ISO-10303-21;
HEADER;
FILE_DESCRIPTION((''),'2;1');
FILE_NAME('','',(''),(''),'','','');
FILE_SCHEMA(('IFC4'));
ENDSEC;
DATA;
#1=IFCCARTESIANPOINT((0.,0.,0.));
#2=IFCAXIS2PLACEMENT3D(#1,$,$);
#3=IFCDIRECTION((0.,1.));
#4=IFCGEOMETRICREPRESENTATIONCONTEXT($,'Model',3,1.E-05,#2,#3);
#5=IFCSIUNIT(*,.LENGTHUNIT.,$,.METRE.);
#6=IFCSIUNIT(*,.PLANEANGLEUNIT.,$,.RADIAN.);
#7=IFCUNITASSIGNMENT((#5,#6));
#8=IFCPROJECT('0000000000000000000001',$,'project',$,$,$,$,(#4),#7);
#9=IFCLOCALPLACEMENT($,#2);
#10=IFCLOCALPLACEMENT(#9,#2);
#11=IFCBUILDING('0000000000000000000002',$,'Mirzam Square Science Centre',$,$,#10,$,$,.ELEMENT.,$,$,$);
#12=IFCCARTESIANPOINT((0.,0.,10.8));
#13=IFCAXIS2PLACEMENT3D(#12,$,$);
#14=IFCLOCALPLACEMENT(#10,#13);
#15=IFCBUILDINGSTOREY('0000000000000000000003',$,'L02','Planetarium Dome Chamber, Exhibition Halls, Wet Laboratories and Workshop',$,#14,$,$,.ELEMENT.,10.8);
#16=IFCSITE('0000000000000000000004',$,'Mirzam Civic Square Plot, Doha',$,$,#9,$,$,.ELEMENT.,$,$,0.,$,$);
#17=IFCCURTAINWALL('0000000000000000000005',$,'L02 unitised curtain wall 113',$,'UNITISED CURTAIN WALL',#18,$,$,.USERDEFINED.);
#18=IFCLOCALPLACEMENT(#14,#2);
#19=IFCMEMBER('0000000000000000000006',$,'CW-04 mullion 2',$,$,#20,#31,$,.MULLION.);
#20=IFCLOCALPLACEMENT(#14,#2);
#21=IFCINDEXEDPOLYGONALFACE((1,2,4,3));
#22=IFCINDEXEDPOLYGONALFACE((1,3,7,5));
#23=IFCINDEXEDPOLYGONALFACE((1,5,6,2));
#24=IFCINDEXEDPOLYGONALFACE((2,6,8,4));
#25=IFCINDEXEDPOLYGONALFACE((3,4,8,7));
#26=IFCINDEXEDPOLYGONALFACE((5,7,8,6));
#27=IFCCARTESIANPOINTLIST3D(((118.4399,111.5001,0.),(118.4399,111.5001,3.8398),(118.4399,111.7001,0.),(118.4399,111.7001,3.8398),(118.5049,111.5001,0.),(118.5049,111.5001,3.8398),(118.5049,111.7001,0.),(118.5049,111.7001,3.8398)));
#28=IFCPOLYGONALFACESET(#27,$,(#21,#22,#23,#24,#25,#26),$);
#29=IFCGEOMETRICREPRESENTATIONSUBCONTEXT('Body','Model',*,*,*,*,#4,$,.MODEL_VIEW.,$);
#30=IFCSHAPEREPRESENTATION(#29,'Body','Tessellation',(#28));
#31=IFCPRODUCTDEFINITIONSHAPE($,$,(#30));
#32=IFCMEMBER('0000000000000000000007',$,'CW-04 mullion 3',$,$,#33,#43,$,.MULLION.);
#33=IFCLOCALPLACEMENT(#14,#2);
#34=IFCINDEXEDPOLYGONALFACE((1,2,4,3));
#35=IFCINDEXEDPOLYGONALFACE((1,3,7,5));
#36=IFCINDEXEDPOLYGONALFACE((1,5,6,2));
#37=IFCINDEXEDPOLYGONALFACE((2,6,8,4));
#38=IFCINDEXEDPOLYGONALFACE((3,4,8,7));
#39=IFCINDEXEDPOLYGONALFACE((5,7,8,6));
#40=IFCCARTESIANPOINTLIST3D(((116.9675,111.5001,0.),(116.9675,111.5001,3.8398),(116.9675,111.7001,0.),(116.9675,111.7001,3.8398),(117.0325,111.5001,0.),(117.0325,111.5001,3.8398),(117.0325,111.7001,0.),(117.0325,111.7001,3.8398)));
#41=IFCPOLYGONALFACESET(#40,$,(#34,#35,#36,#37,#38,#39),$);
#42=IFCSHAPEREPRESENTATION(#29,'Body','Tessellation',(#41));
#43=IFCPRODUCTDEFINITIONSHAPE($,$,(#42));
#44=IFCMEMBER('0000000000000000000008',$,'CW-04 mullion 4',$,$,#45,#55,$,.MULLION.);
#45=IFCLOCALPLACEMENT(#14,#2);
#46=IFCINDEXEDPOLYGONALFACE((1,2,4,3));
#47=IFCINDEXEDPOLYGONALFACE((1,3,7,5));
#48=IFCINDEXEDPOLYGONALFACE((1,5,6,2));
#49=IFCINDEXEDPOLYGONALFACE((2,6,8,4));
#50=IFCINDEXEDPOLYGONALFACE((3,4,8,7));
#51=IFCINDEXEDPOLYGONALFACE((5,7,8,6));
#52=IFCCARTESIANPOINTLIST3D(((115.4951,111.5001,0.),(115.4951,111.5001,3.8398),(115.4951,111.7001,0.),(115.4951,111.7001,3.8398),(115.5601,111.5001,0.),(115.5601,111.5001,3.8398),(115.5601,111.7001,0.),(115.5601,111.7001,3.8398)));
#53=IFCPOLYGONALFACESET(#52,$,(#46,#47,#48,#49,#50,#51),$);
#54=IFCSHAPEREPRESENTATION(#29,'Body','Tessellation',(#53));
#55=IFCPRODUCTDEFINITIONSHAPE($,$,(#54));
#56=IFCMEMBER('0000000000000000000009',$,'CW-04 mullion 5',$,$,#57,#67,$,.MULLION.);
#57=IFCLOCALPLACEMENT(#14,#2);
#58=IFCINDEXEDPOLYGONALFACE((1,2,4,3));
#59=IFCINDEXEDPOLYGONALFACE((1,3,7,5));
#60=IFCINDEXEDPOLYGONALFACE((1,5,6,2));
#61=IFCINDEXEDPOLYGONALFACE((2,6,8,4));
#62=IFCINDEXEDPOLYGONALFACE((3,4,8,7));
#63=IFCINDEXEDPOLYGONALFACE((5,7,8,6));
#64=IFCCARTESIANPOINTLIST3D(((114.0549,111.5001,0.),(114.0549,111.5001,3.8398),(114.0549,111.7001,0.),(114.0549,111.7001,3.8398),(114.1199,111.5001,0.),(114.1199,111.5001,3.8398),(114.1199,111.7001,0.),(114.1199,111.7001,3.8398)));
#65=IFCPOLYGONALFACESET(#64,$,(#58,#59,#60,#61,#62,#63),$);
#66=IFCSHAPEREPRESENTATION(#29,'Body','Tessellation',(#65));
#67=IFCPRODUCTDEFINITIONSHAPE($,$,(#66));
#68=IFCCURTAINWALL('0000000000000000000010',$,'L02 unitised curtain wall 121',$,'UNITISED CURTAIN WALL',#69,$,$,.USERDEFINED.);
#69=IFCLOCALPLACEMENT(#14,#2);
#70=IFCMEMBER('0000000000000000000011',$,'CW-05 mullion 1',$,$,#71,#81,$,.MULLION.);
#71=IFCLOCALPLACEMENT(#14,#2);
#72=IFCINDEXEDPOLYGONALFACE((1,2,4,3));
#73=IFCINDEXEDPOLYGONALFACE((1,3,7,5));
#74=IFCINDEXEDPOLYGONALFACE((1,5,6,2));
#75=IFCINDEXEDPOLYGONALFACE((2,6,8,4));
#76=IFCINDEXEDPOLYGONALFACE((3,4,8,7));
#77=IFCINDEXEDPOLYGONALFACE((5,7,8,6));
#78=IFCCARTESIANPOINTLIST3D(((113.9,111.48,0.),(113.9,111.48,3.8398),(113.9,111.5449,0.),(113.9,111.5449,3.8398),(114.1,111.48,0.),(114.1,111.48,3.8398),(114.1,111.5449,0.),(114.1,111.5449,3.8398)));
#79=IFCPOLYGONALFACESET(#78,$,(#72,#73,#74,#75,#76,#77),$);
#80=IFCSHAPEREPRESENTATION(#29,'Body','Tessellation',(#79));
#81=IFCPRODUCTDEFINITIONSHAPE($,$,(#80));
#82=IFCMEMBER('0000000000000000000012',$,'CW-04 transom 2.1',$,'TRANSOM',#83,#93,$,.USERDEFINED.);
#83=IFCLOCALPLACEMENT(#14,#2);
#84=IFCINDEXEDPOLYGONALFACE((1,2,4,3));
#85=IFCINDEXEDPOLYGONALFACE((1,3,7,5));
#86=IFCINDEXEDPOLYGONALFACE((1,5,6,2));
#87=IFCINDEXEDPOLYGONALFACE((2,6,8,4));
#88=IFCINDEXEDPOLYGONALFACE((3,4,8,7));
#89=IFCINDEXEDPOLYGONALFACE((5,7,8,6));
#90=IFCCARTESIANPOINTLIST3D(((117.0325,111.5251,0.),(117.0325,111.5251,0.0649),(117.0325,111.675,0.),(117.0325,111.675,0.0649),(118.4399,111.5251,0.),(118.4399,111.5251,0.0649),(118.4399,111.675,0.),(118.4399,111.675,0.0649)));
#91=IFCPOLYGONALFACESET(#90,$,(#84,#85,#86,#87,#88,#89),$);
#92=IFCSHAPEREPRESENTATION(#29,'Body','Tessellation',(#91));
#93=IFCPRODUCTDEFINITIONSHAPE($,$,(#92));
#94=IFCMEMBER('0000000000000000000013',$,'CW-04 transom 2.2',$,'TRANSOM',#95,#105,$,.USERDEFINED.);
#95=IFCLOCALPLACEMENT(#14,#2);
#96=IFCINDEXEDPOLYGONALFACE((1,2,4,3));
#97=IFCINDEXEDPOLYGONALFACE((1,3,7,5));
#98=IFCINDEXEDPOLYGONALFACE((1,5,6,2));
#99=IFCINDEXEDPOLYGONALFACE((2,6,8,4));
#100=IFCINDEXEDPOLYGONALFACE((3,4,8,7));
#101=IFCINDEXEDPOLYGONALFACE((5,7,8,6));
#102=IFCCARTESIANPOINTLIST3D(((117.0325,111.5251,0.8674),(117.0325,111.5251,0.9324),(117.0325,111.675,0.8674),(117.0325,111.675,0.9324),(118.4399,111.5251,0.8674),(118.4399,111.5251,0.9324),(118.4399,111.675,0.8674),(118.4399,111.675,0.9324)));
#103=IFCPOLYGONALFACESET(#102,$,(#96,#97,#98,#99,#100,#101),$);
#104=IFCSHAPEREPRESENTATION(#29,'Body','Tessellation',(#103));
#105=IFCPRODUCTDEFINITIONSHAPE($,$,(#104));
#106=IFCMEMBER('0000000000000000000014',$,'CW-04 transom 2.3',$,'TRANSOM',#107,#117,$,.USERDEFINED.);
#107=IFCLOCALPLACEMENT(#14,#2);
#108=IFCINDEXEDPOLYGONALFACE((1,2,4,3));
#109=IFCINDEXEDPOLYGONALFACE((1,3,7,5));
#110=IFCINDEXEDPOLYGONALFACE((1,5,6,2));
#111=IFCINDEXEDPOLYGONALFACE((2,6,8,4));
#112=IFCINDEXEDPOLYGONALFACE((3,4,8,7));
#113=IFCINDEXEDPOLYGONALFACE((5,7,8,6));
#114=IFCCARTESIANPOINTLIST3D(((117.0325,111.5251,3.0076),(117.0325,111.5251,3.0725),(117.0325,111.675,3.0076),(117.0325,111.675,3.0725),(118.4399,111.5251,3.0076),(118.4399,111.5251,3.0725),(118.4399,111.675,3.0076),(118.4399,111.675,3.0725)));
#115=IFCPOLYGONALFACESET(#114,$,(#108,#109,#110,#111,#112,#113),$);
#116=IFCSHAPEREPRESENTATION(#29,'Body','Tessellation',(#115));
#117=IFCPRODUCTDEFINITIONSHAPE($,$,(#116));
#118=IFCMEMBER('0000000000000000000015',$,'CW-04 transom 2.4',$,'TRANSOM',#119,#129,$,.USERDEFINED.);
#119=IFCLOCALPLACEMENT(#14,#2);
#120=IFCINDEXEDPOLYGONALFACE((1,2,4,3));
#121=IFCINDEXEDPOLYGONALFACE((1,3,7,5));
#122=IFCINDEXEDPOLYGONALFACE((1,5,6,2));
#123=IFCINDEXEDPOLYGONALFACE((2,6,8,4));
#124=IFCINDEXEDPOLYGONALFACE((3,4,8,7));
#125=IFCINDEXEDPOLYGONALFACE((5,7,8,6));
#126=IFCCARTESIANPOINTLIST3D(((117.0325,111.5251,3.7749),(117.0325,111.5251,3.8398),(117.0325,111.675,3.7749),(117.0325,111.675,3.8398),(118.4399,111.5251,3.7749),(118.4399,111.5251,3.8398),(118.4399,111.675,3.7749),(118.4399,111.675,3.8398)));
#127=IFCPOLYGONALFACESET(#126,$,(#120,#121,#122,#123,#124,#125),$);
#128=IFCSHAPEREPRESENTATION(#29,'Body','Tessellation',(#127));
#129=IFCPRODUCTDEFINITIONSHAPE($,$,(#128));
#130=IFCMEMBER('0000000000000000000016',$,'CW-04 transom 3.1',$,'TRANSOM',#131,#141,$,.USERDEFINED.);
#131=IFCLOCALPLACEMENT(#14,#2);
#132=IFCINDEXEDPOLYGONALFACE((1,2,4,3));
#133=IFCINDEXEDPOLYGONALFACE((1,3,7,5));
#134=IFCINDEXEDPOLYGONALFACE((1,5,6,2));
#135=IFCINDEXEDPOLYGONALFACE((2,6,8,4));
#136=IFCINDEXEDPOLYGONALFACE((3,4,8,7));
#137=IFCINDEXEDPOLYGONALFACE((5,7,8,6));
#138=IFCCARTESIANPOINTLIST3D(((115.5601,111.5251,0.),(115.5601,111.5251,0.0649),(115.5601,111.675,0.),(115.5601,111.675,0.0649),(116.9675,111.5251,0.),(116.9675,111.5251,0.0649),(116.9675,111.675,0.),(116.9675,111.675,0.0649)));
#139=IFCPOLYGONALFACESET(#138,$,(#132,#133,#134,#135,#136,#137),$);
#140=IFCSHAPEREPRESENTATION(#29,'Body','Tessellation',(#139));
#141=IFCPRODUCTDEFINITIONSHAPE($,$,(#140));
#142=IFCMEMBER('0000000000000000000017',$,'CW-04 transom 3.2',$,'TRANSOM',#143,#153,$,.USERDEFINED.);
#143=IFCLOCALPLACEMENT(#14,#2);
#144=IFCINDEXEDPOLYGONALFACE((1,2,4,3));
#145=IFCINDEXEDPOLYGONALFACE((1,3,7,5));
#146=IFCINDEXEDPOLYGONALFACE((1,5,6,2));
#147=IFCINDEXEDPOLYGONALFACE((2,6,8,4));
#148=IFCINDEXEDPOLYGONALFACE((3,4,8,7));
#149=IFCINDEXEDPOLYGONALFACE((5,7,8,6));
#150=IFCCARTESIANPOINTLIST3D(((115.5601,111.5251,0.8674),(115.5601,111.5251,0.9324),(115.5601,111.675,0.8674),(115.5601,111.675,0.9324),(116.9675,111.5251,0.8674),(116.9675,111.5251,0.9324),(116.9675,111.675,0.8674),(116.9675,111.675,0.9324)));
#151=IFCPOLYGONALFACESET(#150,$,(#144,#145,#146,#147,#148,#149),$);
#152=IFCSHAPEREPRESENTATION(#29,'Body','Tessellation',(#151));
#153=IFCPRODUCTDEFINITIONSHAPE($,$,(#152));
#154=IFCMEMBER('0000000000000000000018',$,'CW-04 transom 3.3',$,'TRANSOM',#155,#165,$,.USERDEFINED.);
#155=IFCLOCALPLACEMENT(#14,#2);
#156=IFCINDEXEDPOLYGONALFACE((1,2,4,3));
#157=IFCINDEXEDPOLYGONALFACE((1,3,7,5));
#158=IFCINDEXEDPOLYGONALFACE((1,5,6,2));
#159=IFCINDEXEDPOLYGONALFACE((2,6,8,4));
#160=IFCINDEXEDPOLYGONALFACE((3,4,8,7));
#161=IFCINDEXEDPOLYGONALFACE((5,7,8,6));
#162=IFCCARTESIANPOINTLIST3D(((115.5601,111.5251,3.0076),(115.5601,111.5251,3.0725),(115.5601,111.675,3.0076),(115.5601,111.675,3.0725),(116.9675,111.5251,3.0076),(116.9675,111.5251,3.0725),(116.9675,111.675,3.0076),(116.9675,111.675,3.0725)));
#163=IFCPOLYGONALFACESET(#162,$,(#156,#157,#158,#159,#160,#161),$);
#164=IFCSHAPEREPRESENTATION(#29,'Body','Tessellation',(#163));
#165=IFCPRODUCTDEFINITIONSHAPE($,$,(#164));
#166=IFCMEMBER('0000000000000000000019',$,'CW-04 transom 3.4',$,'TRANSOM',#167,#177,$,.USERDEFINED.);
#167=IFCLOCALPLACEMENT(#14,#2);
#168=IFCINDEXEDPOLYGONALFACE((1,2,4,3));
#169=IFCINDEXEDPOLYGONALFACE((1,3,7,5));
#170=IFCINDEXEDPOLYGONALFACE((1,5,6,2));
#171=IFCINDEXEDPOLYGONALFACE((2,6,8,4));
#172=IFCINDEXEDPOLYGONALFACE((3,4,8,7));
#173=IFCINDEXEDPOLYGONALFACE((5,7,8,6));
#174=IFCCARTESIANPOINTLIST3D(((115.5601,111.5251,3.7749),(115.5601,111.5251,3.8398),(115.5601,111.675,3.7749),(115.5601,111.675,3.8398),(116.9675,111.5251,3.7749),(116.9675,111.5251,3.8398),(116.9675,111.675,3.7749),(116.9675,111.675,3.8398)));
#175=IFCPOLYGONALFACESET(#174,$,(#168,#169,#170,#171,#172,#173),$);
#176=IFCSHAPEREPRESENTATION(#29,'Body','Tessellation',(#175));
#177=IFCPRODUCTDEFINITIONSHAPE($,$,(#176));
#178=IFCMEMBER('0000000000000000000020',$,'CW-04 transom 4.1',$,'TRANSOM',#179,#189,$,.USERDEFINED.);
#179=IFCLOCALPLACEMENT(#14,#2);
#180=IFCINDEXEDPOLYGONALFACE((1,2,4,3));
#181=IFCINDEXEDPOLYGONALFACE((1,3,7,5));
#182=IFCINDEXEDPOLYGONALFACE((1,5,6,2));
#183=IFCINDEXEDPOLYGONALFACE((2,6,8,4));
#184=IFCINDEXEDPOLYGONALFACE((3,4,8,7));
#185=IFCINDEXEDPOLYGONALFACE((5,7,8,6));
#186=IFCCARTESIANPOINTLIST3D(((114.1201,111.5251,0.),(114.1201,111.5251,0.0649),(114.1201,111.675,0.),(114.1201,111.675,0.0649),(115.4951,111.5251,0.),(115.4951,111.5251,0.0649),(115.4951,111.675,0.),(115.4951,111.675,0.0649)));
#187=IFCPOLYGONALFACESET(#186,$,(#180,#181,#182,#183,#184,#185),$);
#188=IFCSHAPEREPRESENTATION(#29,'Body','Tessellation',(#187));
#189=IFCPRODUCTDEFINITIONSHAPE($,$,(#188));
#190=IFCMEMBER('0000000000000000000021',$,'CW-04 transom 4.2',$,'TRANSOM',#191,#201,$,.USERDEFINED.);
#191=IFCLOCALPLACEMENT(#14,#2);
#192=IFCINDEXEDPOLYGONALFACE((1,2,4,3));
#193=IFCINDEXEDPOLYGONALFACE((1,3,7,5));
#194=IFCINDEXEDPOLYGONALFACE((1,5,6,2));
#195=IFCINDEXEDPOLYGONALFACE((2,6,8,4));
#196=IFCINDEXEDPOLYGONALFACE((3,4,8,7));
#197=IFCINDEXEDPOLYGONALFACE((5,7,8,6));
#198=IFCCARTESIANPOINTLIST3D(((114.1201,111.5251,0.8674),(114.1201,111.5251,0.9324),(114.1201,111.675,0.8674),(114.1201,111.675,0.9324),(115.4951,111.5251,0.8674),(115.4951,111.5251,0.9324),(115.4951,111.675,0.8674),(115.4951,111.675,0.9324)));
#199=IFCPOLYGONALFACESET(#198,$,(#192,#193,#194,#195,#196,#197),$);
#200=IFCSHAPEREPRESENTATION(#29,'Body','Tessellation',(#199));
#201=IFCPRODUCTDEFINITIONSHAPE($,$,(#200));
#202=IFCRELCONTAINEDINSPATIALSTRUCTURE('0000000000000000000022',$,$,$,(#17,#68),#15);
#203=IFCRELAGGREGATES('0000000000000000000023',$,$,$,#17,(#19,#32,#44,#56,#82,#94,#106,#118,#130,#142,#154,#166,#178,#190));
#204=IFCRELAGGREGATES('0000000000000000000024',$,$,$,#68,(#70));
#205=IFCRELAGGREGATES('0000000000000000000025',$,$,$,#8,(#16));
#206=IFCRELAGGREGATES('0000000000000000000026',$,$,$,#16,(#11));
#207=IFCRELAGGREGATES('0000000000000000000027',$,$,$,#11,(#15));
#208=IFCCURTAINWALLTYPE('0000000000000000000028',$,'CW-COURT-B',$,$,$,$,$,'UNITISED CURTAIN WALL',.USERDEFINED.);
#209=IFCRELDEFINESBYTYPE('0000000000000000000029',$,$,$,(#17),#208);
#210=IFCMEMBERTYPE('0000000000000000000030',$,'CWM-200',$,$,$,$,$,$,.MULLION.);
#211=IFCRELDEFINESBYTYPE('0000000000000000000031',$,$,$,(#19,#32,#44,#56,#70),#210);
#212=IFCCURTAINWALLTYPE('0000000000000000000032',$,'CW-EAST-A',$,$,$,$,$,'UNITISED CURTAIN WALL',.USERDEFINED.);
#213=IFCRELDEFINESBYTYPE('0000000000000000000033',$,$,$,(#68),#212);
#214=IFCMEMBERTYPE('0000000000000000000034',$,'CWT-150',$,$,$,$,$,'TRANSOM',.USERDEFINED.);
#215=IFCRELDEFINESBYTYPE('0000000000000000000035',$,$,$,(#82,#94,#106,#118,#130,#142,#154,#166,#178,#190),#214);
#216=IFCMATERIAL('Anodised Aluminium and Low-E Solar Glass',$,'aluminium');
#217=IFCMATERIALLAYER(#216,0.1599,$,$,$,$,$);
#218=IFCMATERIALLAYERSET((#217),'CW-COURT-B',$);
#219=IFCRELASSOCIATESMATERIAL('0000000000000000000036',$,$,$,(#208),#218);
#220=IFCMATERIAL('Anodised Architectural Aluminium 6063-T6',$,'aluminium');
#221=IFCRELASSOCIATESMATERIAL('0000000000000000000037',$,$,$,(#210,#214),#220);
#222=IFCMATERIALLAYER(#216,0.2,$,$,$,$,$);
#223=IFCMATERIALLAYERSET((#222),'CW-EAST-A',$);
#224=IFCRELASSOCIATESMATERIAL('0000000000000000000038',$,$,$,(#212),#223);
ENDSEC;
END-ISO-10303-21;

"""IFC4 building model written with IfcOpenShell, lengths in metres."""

from ifc_helpers import new_model, si_unit, direction, frame, origin, origin_2d, place, context, subcontext, project, spatial, rectangle, extrude, material, layer, layer_set, material_profile, profile_set, type_object, element, aggregate, save


model = new_model("IFC4")

# Units and contexts
model_context = context("Model", 3, precision=1e-05, world=origin(), true_north=direction((0.0, 1.0)))
body_context = subcontext(model_context, "Body", "Model", "MODEL_VIEW")
ifc_project = project(units=[si_unit("LENGTHUNIT", "METRE"), si_unit("PLANEANGLEUNIT", "RADIAN")], contexts=[model_context])

# Site, building, storey
site_placement = place(None, origin())
site = spatial("IfcSite", under=ifc_project, at=site_placement, Name="Mirzam Civic Square Plot, Doha", CompositionType="ELEMENT", RefElevation=0.0)
building_placement = place(site_placement, origin())
building = spatial("IfcBuilding", under=site, at=building_placement, Name="Mirzam Square Science Centre", CompositionType="ELEMENT")
storey_placement = place(building_placement, frame((0.0, 0.0, 10.8)))
storey = spatial("IfcBuildingStorey", under=building, at=storey_placement, Name="L02", Description="Planetarium Dome Chamber, Exhibition Halls, Wet Laboratories and Workshop", CompositionType="ELEMENT", Elevation=10.8)

# Curtain wall, members
ifc_material_1 = material(Name="Anodised Aluminium and Low-E Solar Glass", Category="aluminium")
ifc_layer_1 = layer(ifc_material_1, 0.1599)
ifc_layer_set_1 = layer_set([ifc_layer_1], Name="CW-COURT-B")
curtain_wall_type_1 = type_object("IfcCurtainWallType", Name="CW-COURT-B", ElementType="UNITISED CURTAIN WALL", PredefinedType="USERDEFINED", material=ifc_layer_set_1)
curtain_wall_1_placement = place(storey_placement, origin())
curtain_wall_1 = element("IfcCurtainWall", 1, at=curtain_wall_1_placement, inside=storey, type_object=curtain_wall_type_1, Name="L02 unitised curtain wall 113", ObjectType="UNITISED CURTAIN WALL", PredefinedType="USERDEFINED")
ifc_material_2 = material(Name="Anodised Architectural Aluminium 6063-T6", Category="aluminium")
ifc_material_profile_1 = material_profile(ifc_material_2, rectangle(XDim=0.0649, YDim=0.2, at=origin_2d()), Name="ALU-MULL-200x65x5")
ifc_profile_set_1 = profile_set([ifc_material_profile_1], Name="Anodised Architectural Aluminium 6063-T6")
member_type_1 = type_object("IfcMemberType", Name="CWM-200", PredefinedType="MULLION", material=ifc_profile_set_1)
member_1_placement = place(storey_placement, frame((118.4724, 111.6001, 0.0), z_axis=(0.0, 0.0, 1.0), x_axis=(-1.0, 0.0, 0.0)))
member_1 = element("IfcMember", 2, at=member_1_placement, type_object=member_type_1, Name="CW-04 mullion 2", PredefinedType="MULLION", context=body_context, shape_type="SweptSolid", body=[
    extrude(rectangle(XDim=0.0649, YDim=0.2, at=origin_2d()), origin(), (0.0, 0.0, 1.0), 3.8398),
])
member_2_placement = place(storey_placement, frame((117.0, 111.6001, 0.0), z_axis=(0.0, 0.0, 1.0), x_axis=(-1.0, 0.0, 0.0)))
member_2 = element("IfcMember", 3, at=member_2_placement, type_object=member_type_1, Name="CW-04 mullion 3", PredefinedType="MULLION", context=body_context, shape_type="SweptSolid", body=[
    extrude(rectangle(XDim=0.0649, YDim=0.2, at=origin_2d()), origin(), (0.0, 0.0, 1.0), 3.8398),
])
member_3_placement = place(storey_placement, frame((115.5276, 111.6001, 0.0), z_axis=(0.0, 0.0, 1.0), x_axis=(-1.0, 0.0, 0.0)))
member_3 = element("IfcMember", 4, at=member_3_placement, type_object=member_type_1, Name="CW-04 mullion 4", PredefinedType="MULLION", context=body_context, shape_type="SweptSolid", body=[
    extrude(rectangle(XDim=0.0649, YDim=0.2, at=origin_2d()), origin(), (0.0, 0.0, 1.0), 3.8398),
])
member_4_placement = place(storey_placement, frame((114.0874, 111.6001, 0.0), z_axis=(0.0, 0.0, 1.0), x_axis=(-1.0, 0.0, 0.0)))
member_4 = element("IfcMember", 5, at=member_4_placement, type_object=member_type_1, Name="CW-04 mullion 5", PredefinedType="MULLION", context=body_context, shape_type="SweptSolid", body=[
    extrude(rectangle(XDim=0.0649, YDim=0.2, at=origin_2d()), origin(), (0.0, 0.0, 1.0), 3.8398),
])

# Curtain wall, member
ifc_layer_2 = layer(ifc_material_1, 0.2)
ifc_layer_set_2 = layer_set([ifc_layer_2], Name="CW-EAST-A")
curtain_wall_type_2 = type_object("IfcCurtainWallType", Name="CW-EAST-A", ElementType="UNITISED CURTAIN WALL", PredefinedType="USERDEFINED", material=ifc_layer_set_2)
curtain_wall_2_placement = place(storey_placement, origin())
curtain_wall_2 = element("IfcCurtainWall", 6, at=curtain_wall_2_placement, inside=storey, type_object=curtain_wall_type_2, Name="L02 unitised curtain wall 121", ObjectType="UNITISED CURTAIN WALL", PredefinedType="USERDEFINED")
member_5_placement = place(storey_placement, frame((114.0, 111.5125, 0.0), z_axis=(0.0, 0.0, 1.0), x_axis=(0.0, -1.0, 0.0)))
member_5 = element("IfcMember", 7, at=member_5_placement, type_object=member_type_1, Name="CW-05 mullion 1", PredefinedType="MULLION", context=body_context, shape_type="SweptSolid", body=[
    extrude(rectangle(XDim=0.0649, YDim=0.2, at=origin_2d()), origin(), (0.0, 0.0, 1.0), 3.8398),
])

# Members
ifc_material_profile_2 = material_profile(ifc_material_2, rectangle(XDim=0.1499, YDim=0.0649, at=origin_2d()), Name="ALU-TRAN-150x65x4")
ifc_profile_set_2 = profile_set([ifc_material_profile_2], Name="Anodised Architectural Aluminium 6063-T6")
member_type_2 = type_object("IfcMemberType", Name="CWT-150", ElementType="TRANSOM", PredefinedType="USERDEFINED", material=ifc_profile_set_2)
member_6_placement = place(storey_placement, frame((118.4399, 111.6001, 0.0325), z_axis=(-1.0, 0.0, 0.0), x_axis=(0.0, -1.0, 0.0)))
member_6 = element("IfcMember", 8, at=member_6_placement, type_object=member_type_2, Name="CW-04 transom 2.1", ObjectType="TRANSOM", PredefinedType="USERDEFINED", context=body_context, shape_type="SweptSolid", body=[
    extrude(rectangle(XDim=0.1499, YDim=0.0649, at=origin_2d()), origin(), (0.0, 0.0, 1.0), 1.4075),
])
member_7_placement = place(storey_placement, frame((118.4399, 111.6001, 0.8999), z_axis=(-1.0, 0.0, 0.0), x_axis=(0.0, -1.0, 0.0)))
member_7 = element("IfcMember", 9, at=member_7_placement, type_object=member_type_2, Name="CW-04 transom 2.2", ObjectType="TRANSOM", PredefinedType="USERDEFINED", context=body_context, shape_type="SweptSolid", body=[
    extrude(rectangle(XDim=0.1499, YDim=0.0649, at=origin_2d()), origin(), (0.0, 0.0, 1.0), 1.4075),
])
member_8_placement = place(storey_placement, frame((118.4399, 111.6001, 3.04), z_axis=(-1.0, 0.0, 0.0), x_axis=(0.0, -1.0, 0.0)))
member_8 = element("IfcMember", 10, at=member_8_placement, type_object=member_type_2, Name="CW-04 transom 2.3", ObjectType="TRANSOM", PredefinedType="USERDEFINED", context=body_context, shape_type="SweptSolid", body=[
    extrude(rectangle(XDim=0.1499, YDim=0.0649, at=origin_2d()), origin(), (0.0, 0.0, 1.0), 1.4075),
])
member_9_placement = place(storey_placement, frame((118.4399, 111.6001, 3.8074), z_axis=(-1.0, 0.0, 0.0), x_axis=(0.0, -1.0, 0.0)))
member_9 = element("IfcMember", 11, at=member_9_placement, type_object=member_type_2, Name="CW-04 transom 2.4", ObjectType="TRANSOM", PredefinedType="USERDEFINED", context=body_context, shape_type="SweptSolid", body=[
    extrude(rectangle(XDim=0.1499, YDim=0.0649, at=origin_2d()), origin(), (0.0, 0.0, 1.0), 1.4075),
])
member_10_placement = place(storey_placement, frame((116.9675, 111.6001, 0.0325), z_axis=(-1.0, 0.0, 0.0), x_axis=(0.0, -1.0, 0.0)))
member_10 = element("IfcMember", 12, at=member_10_placement, type_object=member_type_2, Name="CW-04 transom 3.1", ObjectType="TRANSOM", PredefinedType="USERDEFINED", context=body_context, shape_type="SweptSolid", body=[
    extrude(rectangle(XDim=0.1499, YDim=0.0649, at=origin_2d()), origin(), (0.0, 0.0, 1.0), 1.4075),
])
member_11_placement = place(storey_placement, frame((116.9675, 111.6001, 0.8999), z_axis=(-1.0, 0.0, 0.0), x_axis=(0.0, -1.0, 0.0)))
member_11 = element("IfcMember", 13, at=member_11_placement, type_object=member_type_2, Name="CW-04 transom 3.2", ObjectType="TRANSOM", PredefinedType="USERDEFINED", context=body_context, shape_type="SweptSolid", body=[
    extrude(rectangle(XDim=0.1499, YDim=0.0649, at=origin_2d()), origin(), (0.0, 0.0, 1.0), 1.4075),
])
member_12_placement = place(storey_placement, frame((116.9675, 111.6001, 3.04), z_axis=(-1.0, 0.0, 0.0), x_axis=(0.0, -1.0, 0.0)))
member_12 = element("IfcMember", 14, at=member_12_placement, type_object=member_type_2, Name="CW-04 transom 3.3", ObjectType="TRANSOM", PredefinedType="USERDEFINED", context=body_context, shape_type="SweptSolid", body=[
    extrude(rectangle(XDim=0.1499, YDim=0.0649, at=origin_2d()), origin(), (0.0, 0.0, 1.0), 1.4075),
])
member_13_placement = place(storey_placement, frame((116.9675, 111.6001, 3.8074), z_axis=(-1.0, 0.0, 0.0), x_axis=(0.0, -1.0, 0.0)))
member_13 = element("IfcMember", 15, at=member_13_placement, type_object=member_type_2, Name="CW-04 transom 3.4", ObjectType="TRANSOM", PredefinedType="USERDEFINED", context=body_context, shape_type="SweptSolid", body=[
    extrude(rectangle(XDim=0.1499, YDim=0.0649, at=origin_2d()), origin(), (0.0, 0.0, 1.0), 1.4075),
])
member_14_placement = place(storey_placement, frame((115.4951, 111.6001, 0.0325), z_axis=(-1.0, 0.0, 0.0), x_axis=(0.0, -1.0, 0.0)))
member_14 = element("IfcMember", 16, at=member_14_placement, type_object=member_type_2, Name="CW-04 transom 4.1", ObjectType="TRANSOM", PredefinedType="USERDEFINED", context=body_context, shape_type="SweptSolid", body=[
    extrude(rectangle(XDim=0.1499, YDim=0.0649, at=origin_2d()), origin(), (0.0, 0.0, 1.0), 1.375),
])
member_15_placement = place(storey_placement, frame((115.4951, 111.6001, 0.8999), z_axis=(-1.0, 0.0, 0.0), x_axis=(0.0, -1.0, 0.0)))
member_15 = element("IfcMember", 17, at=member_15_placement, type_object=member_type_2, Name="CW-04 transom 4.2", ObjectType="TRANSOM", PredefinedType="USERDEFINED", context=body_context, shape_type="SweptSolid", body=[
    extrude(rectangle(XDim=0.1499, YDim=0.0649, at=origin_2d()), origin(), (0.0, 0.0, 1.0), 1.375),
])

aggregate(curtain_wall_1, [member_1, member_2, member_3, member_4, member_6, member_7, member_8, member_9, member_10, member_11, member_12, member_13, member_14, member_15])
aggregate(curtain_wall_2, [member_5])

save(model, "model.ifc")
